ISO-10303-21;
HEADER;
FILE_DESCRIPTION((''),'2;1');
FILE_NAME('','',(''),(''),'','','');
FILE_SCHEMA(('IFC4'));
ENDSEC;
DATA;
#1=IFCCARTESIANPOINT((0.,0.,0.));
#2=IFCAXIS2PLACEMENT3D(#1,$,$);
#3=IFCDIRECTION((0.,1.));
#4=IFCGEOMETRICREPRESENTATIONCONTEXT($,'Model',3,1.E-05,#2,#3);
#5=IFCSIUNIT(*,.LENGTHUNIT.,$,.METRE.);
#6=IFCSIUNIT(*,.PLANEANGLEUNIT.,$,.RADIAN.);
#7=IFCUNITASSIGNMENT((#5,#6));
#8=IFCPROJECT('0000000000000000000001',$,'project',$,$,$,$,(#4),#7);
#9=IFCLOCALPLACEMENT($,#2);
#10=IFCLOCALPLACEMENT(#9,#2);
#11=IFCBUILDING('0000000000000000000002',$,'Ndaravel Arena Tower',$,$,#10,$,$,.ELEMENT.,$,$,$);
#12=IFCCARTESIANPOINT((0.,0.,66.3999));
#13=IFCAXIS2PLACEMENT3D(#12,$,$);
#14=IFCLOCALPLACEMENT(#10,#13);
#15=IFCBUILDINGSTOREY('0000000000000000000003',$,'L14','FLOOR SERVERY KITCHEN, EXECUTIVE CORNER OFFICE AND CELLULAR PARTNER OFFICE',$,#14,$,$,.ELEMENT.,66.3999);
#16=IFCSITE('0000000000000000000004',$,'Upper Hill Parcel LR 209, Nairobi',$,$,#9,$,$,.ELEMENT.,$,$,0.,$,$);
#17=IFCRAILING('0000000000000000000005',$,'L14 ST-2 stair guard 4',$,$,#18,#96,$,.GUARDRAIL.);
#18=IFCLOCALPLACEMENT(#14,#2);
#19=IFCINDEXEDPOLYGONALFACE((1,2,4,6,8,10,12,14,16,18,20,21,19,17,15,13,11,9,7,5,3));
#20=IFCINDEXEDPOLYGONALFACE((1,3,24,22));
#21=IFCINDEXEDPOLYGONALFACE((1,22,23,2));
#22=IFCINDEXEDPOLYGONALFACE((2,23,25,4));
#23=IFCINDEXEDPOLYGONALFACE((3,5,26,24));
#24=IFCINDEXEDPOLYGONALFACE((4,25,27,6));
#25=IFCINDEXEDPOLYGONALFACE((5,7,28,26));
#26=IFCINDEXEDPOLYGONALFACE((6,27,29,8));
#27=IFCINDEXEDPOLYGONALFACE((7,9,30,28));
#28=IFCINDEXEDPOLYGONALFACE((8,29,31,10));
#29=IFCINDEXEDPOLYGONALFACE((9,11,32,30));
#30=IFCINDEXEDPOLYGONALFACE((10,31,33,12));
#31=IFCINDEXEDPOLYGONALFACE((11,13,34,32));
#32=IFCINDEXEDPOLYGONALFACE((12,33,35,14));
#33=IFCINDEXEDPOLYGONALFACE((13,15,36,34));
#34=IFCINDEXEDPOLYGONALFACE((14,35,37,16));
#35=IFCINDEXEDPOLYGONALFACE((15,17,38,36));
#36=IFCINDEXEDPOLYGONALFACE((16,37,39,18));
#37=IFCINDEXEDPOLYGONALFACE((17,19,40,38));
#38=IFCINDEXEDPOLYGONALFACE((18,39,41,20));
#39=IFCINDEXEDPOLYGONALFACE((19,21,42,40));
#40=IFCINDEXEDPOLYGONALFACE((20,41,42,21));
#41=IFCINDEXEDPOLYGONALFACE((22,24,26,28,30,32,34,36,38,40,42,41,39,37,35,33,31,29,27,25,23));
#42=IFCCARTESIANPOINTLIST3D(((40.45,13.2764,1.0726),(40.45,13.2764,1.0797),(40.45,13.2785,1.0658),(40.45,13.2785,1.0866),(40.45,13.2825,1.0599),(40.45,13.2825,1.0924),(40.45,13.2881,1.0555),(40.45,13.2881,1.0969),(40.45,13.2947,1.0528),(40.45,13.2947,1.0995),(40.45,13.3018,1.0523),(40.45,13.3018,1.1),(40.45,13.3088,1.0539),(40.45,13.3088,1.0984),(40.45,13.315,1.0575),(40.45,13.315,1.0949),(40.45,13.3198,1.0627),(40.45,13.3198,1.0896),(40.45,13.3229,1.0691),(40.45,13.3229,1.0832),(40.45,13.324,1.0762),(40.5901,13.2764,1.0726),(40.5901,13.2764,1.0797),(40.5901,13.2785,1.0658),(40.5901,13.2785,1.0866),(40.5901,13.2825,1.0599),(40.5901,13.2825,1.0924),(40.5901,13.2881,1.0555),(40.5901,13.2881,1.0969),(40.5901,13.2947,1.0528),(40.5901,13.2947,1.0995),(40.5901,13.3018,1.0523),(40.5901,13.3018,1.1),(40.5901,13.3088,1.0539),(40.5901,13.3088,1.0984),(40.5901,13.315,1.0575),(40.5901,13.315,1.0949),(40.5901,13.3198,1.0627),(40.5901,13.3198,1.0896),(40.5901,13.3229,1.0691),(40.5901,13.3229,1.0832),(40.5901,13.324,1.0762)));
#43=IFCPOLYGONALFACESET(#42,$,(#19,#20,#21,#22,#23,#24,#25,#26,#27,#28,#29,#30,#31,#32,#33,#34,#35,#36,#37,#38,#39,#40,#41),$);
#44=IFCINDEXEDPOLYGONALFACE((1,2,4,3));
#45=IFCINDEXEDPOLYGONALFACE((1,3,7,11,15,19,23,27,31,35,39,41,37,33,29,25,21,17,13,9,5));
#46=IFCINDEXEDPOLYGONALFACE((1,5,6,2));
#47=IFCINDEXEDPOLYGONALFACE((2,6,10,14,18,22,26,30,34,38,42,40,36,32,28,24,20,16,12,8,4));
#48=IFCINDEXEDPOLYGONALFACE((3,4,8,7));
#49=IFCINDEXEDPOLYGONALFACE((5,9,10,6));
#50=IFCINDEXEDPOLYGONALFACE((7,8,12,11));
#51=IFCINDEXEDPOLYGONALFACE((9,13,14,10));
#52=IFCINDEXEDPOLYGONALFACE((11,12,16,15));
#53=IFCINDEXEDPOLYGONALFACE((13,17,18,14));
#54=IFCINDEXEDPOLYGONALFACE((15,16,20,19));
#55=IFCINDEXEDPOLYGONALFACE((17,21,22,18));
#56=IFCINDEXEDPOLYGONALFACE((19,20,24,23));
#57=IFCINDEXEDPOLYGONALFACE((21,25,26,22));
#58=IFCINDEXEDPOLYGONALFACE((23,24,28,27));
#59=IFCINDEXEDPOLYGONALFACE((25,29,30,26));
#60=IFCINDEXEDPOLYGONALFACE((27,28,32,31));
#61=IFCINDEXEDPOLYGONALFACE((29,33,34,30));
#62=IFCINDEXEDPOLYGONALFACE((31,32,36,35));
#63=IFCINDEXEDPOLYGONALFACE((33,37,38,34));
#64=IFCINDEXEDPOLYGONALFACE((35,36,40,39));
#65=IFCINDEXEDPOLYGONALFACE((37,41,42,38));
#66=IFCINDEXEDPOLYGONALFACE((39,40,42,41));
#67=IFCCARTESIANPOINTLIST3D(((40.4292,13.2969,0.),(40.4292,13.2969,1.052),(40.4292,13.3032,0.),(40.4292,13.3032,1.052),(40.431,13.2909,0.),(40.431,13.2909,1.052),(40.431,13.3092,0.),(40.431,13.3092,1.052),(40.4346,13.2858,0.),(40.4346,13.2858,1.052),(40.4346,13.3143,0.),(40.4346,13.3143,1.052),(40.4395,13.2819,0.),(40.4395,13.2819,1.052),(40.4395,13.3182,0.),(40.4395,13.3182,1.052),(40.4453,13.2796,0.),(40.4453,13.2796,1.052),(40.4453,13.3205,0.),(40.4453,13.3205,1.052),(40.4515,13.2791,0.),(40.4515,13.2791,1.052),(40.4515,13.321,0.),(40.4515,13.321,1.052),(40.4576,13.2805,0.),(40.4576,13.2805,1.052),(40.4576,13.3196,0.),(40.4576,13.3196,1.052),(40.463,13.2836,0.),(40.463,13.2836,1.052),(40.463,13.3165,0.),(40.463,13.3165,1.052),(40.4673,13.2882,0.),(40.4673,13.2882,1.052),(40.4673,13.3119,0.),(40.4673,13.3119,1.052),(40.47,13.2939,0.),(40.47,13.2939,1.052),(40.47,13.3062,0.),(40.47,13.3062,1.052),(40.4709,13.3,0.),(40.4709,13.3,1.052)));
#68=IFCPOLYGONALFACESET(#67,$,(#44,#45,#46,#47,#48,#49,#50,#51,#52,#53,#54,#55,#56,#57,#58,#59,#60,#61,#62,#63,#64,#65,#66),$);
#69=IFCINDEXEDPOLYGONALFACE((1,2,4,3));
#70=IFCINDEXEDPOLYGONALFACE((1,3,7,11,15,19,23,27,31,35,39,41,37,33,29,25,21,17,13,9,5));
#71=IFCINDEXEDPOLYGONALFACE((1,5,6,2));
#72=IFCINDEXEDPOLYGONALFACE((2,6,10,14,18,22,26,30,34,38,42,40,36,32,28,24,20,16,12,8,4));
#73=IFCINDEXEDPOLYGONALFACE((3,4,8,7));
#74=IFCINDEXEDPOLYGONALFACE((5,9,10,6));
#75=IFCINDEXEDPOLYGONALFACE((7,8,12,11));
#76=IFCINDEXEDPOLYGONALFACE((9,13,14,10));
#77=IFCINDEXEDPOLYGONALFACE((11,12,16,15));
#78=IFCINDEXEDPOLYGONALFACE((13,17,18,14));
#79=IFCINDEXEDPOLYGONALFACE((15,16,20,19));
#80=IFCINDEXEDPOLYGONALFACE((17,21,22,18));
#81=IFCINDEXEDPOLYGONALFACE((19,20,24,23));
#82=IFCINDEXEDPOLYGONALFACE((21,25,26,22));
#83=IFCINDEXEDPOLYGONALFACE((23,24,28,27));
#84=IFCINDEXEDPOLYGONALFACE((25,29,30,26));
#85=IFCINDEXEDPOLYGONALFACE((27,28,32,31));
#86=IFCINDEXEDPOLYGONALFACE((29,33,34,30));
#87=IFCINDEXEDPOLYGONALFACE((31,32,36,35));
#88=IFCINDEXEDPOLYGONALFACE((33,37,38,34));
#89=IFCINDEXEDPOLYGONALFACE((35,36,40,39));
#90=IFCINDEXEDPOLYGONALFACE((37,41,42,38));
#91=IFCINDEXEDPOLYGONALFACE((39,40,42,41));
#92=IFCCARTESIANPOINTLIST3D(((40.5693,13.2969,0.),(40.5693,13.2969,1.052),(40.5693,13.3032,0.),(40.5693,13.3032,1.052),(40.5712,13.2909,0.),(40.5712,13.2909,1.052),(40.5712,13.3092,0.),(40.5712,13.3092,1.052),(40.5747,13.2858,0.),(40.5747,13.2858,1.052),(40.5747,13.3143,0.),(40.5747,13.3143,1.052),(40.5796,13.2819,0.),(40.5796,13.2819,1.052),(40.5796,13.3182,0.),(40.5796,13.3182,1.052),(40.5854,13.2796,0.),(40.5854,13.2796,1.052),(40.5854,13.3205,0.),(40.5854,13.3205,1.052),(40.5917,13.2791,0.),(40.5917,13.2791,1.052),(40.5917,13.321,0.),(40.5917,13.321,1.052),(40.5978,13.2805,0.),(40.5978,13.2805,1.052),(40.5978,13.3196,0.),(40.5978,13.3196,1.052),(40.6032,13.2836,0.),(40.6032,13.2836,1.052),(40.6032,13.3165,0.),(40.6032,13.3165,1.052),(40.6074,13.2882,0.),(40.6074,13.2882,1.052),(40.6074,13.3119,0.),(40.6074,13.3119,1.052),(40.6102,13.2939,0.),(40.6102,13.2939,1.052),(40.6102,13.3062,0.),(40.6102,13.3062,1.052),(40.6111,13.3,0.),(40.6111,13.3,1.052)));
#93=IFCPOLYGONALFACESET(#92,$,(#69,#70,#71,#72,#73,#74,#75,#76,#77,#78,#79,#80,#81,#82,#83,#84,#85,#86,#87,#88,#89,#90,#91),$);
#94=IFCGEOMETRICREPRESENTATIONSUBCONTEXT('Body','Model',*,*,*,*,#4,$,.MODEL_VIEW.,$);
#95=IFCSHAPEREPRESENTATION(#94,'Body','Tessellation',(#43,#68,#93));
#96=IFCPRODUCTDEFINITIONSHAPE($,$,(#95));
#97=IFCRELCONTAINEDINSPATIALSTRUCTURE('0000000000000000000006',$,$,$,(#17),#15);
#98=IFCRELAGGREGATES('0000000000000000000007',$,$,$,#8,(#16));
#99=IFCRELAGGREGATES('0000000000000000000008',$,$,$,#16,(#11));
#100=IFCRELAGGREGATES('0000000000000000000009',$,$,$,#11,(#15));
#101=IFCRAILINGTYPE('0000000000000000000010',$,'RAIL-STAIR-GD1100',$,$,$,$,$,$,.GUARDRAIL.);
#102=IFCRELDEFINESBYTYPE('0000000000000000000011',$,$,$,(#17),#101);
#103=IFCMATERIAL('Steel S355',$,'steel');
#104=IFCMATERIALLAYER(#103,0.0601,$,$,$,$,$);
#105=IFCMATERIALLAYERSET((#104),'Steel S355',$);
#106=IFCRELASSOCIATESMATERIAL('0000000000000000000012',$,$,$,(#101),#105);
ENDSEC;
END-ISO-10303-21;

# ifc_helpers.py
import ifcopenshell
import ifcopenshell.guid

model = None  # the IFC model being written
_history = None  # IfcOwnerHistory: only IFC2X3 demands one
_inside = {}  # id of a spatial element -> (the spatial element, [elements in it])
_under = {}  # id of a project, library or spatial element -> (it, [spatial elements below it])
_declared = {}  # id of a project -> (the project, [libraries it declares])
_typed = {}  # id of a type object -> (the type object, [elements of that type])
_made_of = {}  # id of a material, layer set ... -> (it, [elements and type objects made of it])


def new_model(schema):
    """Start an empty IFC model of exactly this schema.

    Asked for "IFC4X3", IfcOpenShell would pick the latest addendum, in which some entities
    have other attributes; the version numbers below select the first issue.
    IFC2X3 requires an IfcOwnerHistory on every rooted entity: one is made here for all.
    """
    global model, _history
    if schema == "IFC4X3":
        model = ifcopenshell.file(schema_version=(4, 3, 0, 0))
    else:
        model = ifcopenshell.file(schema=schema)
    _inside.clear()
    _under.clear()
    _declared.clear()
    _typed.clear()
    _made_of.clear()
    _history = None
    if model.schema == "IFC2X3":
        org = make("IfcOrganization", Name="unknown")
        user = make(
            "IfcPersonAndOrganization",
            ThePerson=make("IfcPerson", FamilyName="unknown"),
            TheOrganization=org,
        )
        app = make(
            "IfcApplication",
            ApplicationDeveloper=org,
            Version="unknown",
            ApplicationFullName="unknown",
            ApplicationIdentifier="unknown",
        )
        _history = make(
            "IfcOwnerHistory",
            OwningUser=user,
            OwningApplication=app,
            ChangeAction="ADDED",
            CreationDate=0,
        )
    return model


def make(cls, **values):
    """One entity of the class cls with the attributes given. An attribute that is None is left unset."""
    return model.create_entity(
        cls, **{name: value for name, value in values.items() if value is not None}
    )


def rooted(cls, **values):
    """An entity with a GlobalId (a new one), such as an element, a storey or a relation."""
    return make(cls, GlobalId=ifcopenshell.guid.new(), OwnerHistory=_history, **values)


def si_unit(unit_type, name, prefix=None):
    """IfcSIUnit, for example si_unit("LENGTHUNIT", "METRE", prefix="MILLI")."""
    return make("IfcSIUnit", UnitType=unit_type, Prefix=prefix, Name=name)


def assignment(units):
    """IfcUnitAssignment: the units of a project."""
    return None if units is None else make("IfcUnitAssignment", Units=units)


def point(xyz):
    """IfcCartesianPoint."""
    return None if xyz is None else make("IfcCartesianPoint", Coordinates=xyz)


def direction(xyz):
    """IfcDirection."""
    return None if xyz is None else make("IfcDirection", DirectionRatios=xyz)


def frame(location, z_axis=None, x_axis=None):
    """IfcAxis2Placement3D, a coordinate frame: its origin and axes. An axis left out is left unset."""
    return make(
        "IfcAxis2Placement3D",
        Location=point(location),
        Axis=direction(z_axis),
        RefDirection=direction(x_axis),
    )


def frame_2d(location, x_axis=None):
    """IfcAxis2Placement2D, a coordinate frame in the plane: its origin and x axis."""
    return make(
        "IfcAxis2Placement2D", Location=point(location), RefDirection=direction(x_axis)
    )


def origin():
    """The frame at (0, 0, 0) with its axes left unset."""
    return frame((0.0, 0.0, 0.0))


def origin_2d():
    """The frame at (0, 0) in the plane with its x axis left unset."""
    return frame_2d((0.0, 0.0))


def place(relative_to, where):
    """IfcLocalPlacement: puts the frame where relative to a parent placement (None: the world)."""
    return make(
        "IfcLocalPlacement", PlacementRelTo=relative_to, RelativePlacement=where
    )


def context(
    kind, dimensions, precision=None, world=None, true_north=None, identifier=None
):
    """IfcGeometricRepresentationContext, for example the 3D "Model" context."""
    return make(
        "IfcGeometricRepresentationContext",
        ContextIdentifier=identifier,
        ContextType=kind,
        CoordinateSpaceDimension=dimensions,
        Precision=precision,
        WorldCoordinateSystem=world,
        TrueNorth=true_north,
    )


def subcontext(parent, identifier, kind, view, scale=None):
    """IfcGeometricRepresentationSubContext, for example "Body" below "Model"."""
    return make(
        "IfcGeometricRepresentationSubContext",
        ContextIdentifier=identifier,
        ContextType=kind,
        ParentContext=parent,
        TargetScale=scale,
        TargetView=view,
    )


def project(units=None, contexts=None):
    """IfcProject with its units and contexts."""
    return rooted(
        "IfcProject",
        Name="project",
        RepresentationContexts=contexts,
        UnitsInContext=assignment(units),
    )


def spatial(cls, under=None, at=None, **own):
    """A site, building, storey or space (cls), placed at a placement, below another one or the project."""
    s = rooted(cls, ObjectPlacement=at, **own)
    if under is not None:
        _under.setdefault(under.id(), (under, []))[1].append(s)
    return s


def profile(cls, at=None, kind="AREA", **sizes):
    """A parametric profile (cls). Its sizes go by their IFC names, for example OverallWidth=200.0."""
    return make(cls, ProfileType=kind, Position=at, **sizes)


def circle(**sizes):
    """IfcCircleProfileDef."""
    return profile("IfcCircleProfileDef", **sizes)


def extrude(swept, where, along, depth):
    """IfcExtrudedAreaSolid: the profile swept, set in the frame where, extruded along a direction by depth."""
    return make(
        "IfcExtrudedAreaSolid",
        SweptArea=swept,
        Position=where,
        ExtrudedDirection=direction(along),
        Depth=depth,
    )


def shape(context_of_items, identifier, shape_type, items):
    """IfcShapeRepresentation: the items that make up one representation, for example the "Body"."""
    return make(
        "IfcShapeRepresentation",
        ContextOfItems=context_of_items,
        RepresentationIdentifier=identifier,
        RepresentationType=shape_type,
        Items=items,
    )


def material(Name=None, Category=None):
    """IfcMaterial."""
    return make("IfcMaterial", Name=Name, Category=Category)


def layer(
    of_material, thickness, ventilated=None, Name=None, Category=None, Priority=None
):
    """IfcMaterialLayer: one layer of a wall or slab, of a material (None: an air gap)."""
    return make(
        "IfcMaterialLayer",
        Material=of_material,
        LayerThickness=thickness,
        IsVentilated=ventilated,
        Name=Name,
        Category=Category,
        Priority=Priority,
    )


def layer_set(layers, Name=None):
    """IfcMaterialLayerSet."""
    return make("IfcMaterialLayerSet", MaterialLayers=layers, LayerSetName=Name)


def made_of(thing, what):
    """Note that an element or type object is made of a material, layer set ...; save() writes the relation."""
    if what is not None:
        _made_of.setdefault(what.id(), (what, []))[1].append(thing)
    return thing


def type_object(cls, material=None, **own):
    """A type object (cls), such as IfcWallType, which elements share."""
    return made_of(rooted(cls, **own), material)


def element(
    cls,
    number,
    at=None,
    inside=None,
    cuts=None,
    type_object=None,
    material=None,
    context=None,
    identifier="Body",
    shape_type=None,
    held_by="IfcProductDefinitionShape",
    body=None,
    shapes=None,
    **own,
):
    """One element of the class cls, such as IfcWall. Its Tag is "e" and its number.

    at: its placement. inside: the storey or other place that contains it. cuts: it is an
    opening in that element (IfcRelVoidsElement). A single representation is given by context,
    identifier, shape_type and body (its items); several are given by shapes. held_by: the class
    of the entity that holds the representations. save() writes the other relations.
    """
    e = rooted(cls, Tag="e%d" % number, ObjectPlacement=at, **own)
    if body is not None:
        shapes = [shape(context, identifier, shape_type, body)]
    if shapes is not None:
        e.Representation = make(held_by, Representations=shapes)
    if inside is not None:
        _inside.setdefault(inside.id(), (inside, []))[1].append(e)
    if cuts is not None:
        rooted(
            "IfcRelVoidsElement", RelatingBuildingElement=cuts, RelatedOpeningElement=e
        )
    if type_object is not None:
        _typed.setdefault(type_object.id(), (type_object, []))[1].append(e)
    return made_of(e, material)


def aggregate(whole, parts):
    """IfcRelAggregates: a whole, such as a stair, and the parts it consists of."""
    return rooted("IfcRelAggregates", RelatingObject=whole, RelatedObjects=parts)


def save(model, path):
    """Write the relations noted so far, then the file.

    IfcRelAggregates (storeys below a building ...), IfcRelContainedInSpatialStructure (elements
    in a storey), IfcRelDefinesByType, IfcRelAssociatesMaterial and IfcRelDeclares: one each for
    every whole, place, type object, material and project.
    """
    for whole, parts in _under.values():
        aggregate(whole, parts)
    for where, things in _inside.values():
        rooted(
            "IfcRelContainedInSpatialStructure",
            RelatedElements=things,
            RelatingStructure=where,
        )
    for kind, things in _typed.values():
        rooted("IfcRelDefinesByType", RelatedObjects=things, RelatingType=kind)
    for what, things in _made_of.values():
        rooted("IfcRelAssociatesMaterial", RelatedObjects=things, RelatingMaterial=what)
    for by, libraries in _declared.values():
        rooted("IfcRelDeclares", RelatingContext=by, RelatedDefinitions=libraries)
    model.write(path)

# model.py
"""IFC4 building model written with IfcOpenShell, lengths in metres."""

from ifc_helpers import new_model, si_unit, direction, frame, origin, origin_2d, place, context, subcontext, project, spatial, circle, extrude, material, layer, layer_set, type_object, element, save


model = new_model("IFC4")

# Units and contexts
model_context = context("Model", 3, precision=1e-05, world=origin(), true_north=direction((0.0, 1.0)))
body_context = subcontext(model_context, "Body", "Model", "MODEL_VIEW")
ifc_project = project(units=[si_unit("LENGTHUNIT", "METRE"), si_unit("PLANEANGLEUNIT", "RADIAN")], contexts=[model_context])

# Site, building, storey
site_placement = place(None, origin())
site = spatial("IfcSite", under=ifc_project, at=site_placement, Name="Upper Hill Parcel LR 209, Nairobi", CompositionType="ELEMENT", RefElevation=0.0)
building_placement = place(site_placement, origin())
building = spatial("IfcBuilding", under=site, at=building_placement, Name="Ndaravel Arena Tower", CompositionType="ELEMENT")
storey_placement = place(building_placement, frame((0.0, 0.0, 66.3999)))
storey = spatial("IfcBuildingStorey", under=building, at=storey_placement, Name="L14", Description="FLOOR SERVERY KITCHEN, EXECUTIVE CORNER OFFICE AND CELLULAR PARTNER OFFICE", CompositionType="ELEMENT", Elevation=66.3999)

# Railing
ifc_material_1 = material(Name="Steel S355", Category="steel")
ifc_layer_1 = layer(ifc_material_1, 0.0601)
ifc_layer_set_1 = layer_set([ifc_layer_1], Name="Steel S355")
railing_type_1 = type_object("IfcRailingType", Name="RAIL-STAIR-GD1100", PredefinedType="GUARDRAIL", material=ifc_layer_set_1)
railing_1_placement = place(storey_placement, frame((40.45, 13.3, 0.0)))
element("IfcRailing", 1, at=railing_1_placement, inside=storey, type_object=railing_type_1, Name="L14 ST-2 stair guard 4", PredefinedType="GUARDRAIL", context=body_context, shape_type="SweptSolid", body=[
    extrude(circle(Radius=0.0239, at=origin_2d()), frame((0.0, 0.0, 1.0762), z_axis=(1.0, 0.0, 0.0), x_axis=(0.0, 1.0, 0.0)), (0.0, 0.0, 1.0), 0.1401),
    extrude(circle(Radius=0.021, at=origin_2d()), origin(), (0.0, 0.0, 1.0), 1.052),
    extrude(circle(Radius=0.021, at=origin_2d()), frame((0.1401, 0.0, 0.0)), (0.0, 0.0, 1.0), 1.052),
])

save(model, "model.ifc")
